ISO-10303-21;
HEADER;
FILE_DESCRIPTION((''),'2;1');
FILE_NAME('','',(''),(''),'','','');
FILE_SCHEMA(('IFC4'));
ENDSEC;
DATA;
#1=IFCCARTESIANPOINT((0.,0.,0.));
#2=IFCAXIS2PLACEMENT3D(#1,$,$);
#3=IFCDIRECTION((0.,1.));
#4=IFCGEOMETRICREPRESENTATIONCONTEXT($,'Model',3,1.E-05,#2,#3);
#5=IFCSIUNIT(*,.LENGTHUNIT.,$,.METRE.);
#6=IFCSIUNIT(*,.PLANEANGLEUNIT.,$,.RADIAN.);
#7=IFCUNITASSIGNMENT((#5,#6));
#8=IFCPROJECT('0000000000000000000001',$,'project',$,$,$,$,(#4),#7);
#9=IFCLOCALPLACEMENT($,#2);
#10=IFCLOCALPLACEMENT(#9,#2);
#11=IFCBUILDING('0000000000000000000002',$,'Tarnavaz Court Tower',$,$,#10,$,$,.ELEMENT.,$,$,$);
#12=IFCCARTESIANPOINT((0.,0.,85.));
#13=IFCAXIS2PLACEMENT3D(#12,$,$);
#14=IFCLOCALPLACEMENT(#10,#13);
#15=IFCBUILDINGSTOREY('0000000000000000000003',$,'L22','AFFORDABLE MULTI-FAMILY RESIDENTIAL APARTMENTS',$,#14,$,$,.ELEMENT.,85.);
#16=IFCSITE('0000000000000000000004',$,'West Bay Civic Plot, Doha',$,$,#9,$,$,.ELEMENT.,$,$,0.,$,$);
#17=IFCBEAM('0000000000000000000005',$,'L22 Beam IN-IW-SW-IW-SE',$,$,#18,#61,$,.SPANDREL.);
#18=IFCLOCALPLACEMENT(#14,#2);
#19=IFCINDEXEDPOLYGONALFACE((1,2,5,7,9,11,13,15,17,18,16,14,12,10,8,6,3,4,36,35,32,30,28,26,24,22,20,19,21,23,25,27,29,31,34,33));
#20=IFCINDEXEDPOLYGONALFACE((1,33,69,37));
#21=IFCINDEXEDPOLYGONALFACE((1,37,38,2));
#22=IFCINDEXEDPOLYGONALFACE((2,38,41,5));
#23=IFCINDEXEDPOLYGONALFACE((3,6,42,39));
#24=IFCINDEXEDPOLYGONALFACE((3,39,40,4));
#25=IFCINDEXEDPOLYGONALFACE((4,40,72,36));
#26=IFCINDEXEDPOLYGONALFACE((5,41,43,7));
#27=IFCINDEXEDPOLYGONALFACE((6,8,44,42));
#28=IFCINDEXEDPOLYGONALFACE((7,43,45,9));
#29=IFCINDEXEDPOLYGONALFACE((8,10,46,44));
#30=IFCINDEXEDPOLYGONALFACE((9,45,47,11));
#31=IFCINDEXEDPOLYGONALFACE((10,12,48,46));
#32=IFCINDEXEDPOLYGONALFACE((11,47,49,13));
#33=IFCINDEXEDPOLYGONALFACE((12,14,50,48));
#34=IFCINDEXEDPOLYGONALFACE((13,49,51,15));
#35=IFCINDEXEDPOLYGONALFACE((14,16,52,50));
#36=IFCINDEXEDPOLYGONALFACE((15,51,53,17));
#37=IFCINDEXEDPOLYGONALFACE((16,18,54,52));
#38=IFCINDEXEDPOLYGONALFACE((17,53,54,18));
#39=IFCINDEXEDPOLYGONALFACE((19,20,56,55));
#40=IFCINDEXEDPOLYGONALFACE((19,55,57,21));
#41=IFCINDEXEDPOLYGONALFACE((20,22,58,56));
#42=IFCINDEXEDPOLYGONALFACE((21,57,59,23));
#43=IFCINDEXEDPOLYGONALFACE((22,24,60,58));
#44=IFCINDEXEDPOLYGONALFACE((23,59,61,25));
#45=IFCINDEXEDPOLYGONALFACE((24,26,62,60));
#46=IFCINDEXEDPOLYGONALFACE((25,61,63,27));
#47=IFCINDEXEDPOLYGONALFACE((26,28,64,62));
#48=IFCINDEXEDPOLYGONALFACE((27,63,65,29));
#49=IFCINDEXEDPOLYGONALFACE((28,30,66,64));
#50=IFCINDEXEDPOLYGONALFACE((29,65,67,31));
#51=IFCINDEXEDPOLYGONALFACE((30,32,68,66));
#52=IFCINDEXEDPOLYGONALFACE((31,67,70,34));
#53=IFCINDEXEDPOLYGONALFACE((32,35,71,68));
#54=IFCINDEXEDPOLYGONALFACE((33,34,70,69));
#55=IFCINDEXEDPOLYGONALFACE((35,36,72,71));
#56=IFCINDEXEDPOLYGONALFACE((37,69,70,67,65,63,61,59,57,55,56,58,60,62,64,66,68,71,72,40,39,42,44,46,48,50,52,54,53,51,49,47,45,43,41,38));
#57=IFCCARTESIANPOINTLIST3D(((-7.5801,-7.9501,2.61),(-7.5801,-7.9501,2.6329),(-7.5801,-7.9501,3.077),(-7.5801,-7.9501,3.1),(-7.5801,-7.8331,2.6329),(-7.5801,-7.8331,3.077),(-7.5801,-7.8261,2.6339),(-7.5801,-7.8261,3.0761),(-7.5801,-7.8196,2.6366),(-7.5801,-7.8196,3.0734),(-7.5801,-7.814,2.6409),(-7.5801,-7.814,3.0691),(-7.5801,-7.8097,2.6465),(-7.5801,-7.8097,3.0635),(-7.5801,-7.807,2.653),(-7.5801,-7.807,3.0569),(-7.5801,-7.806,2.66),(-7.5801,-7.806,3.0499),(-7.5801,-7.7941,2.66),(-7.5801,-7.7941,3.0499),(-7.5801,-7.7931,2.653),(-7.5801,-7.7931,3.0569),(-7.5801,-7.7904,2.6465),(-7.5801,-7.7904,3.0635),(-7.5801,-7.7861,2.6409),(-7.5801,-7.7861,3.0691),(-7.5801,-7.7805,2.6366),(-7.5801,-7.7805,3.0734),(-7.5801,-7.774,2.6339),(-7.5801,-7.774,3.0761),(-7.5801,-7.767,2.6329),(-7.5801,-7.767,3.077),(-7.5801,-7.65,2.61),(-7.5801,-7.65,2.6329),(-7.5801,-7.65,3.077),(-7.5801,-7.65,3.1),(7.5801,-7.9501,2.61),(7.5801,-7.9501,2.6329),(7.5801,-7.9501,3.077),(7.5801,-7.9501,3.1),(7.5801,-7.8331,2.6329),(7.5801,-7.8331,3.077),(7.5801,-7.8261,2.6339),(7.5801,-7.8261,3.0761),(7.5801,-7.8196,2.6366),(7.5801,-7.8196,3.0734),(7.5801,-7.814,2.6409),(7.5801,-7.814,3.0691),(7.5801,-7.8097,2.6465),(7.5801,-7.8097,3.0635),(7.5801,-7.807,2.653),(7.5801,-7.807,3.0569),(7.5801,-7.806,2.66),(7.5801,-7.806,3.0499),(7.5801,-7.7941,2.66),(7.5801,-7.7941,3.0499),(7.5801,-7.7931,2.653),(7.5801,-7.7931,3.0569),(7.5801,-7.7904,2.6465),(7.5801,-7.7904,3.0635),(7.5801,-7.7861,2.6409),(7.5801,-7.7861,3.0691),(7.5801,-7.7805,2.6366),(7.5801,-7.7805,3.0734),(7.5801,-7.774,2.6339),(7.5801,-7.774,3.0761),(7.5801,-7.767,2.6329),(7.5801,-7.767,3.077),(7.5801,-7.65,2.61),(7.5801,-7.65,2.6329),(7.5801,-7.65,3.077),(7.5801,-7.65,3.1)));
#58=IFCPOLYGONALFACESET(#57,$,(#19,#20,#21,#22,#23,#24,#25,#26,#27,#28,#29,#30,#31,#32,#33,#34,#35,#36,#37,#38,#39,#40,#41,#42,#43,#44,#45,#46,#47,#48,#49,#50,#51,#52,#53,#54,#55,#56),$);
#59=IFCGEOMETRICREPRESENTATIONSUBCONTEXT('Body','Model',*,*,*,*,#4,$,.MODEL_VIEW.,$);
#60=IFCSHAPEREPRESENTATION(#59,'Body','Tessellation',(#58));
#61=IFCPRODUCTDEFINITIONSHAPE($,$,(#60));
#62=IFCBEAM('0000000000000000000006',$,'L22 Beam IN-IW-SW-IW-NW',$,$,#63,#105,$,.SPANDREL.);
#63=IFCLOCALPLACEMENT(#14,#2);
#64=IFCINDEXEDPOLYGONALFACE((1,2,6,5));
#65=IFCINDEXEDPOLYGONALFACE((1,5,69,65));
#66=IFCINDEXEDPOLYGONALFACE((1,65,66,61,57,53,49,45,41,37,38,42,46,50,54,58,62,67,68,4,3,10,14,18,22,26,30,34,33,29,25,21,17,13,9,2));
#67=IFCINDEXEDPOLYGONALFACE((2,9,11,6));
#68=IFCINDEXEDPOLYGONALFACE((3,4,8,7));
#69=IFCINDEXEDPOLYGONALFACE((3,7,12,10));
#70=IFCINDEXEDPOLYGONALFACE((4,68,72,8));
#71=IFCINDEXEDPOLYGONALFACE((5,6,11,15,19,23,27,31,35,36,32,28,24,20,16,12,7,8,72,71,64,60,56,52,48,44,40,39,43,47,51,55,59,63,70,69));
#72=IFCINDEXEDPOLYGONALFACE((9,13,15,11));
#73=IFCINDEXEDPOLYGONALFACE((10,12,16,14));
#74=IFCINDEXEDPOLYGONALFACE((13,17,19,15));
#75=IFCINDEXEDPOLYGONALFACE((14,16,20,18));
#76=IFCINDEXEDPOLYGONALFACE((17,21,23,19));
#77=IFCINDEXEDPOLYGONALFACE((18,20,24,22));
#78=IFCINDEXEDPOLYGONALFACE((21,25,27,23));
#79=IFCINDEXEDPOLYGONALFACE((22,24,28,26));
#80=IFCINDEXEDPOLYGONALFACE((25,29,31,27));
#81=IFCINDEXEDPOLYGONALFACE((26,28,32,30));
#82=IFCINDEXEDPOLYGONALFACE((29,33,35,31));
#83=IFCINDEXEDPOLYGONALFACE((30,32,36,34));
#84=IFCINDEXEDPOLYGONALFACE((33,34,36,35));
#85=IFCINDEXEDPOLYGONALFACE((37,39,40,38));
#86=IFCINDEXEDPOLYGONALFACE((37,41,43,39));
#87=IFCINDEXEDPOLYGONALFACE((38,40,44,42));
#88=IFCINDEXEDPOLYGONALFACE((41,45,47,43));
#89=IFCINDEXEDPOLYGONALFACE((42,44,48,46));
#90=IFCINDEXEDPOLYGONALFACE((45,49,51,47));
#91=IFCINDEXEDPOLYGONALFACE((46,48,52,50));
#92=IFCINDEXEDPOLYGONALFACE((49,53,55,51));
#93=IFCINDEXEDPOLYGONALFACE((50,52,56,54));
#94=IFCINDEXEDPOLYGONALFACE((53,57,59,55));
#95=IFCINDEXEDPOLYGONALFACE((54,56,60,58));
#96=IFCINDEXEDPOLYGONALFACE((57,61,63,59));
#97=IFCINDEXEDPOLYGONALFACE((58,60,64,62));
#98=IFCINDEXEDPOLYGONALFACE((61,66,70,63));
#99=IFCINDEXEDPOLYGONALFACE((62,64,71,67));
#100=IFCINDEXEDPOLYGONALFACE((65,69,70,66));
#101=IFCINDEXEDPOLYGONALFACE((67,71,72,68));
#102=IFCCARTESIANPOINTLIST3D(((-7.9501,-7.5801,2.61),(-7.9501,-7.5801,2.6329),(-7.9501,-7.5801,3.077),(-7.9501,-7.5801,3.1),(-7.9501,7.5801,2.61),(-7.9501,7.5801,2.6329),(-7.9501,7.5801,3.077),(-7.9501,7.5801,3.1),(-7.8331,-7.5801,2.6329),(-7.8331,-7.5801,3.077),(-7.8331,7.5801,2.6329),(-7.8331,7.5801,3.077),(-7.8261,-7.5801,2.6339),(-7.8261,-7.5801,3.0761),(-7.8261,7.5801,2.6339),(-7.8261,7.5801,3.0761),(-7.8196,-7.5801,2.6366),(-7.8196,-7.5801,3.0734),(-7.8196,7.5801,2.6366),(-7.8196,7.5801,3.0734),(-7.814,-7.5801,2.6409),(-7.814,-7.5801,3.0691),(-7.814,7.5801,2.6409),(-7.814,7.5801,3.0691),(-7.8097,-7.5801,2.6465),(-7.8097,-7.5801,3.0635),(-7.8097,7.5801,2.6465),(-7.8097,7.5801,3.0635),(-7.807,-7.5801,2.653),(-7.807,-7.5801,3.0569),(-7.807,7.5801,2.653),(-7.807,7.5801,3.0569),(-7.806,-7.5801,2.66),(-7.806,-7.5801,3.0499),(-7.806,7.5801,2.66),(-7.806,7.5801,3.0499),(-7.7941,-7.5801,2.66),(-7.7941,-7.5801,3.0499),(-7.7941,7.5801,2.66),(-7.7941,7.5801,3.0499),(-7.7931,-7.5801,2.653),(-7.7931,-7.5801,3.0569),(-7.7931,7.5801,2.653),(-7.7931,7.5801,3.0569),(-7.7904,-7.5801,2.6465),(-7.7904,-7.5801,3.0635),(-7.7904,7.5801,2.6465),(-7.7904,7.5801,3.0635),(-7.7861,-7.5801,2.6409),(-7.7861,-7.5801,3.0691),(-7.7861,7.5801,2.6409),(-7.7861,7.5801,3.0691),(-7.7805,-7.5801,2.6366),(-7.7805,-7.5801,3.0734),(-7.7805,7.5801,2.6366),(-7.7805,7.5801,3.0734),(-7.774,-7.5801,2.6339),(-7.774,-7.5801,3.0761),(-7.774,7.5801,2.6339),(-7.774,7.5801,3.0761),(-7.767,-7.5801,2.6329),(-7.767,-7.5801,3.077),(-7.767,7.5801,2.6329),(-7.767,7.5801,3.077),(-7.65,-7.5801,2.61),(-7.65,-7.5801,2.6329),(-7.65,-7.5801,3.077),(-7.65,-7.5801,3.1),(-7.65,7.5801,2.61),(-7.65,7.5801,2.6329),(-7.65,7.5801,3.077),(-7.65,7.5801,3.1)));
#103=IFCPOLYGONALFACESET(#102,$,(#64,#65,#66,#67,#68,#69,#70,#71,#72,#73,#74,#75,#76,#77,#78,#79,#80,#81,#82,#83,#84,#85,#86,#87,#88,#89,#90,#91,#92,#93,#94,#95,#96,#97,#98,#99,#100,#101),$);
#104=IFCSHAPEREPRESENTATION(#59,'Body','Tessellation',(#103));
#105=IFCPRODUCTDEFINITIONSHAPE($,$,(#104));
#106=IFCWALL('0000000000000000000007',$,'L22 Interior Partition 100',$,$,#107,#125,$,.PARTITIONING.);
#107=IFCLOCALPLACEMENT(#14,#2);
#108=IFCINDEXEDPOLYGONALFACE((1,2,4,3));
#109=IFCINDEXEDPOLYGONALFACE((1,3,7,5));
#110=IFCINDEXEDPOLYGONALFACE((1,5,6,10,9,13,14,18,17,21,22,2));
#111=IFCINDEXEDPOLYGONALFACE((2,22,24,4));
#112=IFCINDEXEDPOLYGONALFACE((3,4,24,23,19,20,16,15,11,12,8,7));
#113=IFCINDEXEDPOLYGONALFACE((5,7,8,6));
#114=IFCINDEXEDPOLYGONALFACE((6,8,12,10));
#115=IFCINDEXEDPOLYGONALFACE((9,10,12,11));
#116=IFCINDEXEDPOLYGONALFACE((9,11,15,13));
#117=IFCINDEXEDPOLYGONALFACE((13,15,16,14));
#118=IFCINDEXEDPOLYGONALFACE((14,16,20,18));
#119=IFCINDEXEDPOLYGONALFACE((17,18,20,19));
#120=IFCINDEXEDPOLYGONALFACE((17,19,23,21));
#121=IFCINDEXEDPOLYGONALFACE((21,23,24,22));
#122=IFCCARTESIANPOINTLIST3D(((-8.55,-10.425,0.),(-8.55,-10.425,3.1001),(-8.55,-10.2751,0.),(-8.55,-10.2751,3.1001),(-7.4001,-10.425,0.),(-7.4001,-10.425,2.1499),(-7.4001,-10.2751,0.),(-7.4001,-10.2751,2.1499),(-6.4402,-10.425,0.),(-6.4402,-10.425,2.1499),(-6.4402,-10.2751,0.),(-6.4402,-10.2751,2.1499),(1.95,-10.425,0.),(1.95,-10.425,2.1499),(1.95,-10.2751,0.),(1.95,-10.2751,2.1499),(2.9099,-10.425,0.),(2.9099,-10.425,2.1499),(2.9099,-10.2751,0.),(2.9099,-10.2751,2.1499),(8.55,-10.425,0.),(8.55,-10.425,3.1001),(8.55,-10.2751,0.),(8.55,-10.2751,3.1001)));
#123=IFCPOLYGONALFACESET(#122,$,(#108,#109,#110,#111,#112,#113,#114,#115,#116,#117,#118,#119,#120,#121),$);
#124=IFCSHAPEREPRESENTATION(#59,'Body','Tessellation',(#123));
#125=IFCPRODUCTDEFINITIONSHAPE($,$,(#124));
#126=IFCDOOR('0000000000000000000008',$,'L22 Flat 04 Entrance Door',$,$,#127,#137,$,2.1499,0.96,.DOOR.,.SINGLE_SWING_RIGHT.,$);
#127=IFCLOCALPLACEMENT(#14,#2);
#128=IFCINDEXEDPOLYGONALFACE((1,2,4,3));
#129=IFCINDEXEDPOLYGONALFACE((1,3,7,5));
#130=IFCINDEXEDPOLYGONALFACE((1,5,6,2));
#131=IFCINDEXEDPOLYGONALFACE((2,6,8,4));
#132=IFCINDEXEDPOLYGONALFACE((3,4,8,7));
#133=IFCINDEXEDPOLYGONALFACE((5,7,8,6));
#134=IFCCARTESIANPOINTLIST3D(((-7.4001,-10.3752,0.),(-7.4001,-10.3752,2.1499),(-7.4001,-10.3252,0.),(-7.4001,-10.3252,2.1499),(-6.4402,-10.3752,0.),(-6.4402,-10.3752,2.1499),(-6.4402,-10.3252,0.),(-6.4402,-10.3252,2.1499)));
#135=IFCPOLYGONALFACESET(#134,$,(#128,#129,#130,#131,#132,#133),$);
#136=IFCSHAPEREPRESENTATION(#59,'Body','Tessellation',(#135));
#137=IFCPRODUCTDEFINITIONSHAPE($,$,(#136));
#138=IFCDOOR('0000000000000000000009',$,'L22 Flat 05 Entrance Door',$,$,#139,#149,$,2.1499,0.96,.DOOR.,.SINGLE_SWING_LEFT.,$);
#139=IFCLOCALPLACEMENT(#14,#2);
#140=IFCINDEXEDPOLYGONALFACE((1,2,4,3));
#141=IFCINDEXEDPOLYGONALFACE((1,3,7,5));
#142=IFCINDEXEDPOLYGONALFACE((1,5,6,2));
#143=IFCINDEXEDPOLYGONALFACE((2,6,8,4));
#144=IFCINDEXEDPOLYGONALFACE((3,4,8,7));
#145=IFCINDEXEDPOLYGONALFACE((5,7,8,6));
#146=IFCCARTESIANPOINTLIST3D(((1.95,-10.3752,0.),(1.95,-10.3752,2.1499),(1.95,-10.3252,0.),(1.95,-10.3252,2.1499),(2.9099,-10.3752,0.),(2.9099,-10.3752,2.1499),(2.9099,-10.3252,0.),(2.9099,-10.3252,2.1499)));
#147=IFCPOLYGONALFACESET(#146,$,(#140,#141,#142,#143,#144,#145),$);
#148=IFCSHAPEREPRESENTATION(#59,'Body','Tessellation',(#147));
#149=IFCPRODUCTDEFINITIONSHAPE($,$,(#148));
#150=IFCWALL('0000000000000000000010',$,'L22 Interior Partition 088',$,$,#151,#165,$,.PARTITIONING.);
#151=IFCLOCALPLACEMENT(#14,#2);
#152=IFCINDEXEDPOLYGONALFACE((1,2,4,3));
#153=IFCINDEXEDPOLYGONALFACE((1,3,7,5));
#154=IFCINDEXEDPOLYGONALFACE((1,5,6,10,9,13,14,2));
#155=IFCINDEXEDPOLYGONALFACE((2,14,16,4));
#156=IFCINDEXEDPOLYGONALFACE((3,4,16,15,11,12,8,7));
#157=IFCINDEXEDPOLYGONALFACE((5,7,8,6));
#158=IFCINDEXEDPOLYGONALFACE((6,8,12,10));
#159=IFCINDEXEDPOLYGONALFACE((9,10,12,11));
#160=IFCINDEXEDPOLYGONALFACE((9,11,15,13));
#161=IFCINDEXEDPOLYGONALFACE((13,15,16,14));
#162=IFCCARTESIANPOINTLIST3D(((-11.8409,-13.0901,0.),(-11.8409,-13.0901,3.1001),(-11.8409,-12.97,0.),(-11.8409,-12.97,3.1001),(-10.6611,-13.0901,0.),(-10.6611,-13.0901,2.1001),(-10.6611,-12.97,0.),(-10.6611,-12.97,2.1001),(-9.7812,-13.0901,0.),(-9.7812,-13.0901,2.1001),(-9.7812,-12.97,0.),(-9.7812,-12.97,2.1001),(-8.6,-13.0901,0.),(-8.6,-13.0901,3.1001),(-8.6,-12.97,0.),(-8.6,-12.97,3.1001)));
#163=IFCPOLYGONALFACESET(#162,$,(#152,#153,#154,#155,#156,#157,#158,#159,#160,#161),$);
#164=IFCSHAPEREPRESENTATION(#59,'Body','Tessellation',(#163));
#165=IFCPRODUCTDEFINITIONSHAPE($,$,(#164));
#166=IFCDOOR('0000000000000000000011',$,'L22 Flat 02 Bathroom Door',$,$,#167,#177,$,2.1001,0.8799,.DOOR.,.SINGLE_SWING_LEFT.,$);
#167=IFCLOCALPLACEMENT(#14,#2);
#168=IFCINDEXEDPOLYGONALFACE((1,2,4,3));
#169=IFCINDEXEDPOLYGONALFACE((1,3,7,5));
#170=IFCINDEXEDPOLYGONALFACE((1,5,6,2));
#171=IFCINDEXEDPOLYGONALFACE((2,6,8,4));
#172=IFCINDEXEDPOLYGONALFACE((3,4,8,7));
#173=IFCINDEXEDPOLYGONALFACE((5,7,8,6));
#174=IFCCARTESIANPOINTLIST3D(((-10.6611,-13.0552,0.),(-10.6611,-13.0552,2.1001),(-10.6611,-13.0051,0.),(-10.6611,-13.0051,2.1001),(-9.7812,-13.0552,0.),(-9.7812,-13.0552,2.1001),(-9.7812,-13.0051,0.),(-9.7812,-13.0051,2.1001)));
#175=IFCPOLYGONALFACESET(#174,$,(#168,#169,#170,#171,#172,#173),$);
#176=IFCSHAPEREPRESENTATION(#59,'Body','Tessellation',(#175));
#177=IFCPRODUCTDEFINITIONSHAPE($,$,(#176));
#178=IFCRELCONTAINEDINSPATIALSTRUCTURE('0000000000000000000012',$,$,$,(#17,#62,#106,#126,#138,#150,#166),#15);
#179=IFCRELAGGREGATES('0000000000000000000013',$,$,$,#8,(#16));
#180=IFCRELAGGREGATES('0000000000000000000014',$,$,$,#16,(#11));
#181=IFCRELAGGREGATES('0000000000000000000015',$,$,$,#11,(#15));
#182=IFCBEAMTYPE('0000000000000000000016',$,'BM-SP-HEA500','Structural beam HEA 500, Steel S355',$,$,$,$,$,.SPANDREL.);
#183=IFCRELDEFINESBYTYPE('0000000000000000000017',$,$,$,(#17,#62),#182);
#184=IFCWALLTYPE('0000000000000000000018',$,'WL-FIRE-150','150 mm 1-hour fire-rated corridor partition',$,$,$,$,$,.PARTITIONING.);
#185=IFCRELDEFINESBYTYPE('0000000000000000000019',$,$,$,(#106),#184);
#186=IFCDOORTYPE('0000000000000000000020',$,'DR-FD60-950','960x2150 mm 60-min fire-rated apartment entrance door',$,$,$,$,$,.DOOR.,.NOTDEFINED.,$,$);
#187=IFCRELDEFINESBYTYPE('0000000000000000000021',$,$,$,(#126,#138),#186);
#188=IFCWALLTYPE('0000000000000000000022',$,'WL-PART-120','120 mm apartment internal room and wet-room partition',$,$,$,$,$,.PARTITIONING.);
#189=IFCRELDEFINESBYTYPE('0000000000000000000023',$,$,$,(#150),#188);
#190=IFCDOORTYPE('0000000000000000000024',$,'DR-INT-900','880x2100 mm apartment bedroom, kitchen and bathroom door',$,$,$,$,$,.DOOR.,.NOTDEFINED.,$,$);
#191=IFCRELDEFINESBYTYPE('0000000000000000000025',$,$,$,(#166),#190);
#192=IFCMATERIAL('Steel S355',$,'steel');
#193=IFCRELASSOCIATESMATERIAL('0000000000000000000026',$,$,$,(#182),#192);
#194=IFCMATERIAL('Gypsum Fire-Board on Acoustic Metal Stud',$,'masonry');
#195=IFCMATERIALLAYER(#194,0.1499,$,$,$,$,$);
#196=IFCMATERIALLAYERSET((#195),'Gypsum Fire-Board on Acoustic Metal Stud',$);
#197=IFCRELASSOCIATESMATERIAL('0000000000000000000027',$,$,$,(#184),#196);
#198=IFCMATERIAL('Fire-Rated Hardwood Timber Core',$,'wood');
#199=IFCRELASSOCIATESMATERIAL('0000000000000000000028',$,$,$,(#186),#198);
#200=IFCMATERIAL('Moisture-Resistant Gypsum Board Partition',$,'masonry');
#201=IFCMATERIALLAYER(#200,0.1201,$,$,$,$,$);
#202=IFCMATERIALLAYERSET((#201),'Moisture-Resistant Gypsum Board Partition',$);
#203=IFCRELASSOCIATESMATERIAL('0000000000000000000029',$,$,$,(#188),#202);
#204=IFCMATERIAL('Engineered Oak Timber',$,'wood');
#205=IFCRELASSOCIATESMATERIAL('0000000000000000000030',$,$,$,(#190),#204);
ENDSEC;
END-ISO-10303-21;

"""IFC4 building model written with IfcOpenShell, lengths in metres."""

from ifc_helpers import new_model, si_unit, direction, frame, frame_2d, origin, origin_2d, place, context, subcontext, project, spatial, rectangle, i_section, extrude, material, layer, layer_set, material_profile, profile_set, type_object, element, fill, save


model = new_model("IFC4")

# Units and contexts
model_context = context("Model", 3, precision=1e-05, world=origin(), true_north=direction((0.0, 1.0)))
body_context = subcontext(model_context, "Body", "Model", "MODEL_VIEW")
ifc_project = project(units=[si_unit("LENGTHUNIT", "METRE"), si_unit("PLANEANGLEUNIT", "RADIAN")], contexts=[model_context])

# Site, building, storey
site_placement = place(None, origin())
site = spatial("IfcSite", under=ifc_project, at=site_placement, Name="West Bay Civic Plot, Doha", CompositionType="ELEMENT", RefElevation=0.0)
building_placement = place(site_placement, origin())
building = spatial("IfcBuilding", under=site, at=building_placement, Name="Tarnavaz Court Tower", CompositionType="ELEMENT")
storey_placement = place(building_placement, frame((0.0, 0.0, 85.0)))
storey = spatial("IfcBuildingStorey", under=building, at=storey_placement, Name="L22", Description="AFFORDABLE MULTI-FAMILY RESIDENTIAL APARTMENTS", CompositionType="ELEMENT", Elevation=85.0)

# Beams
ifc_material_1 = material(Name="Steel S355", Category="steel")
ifc_material_profile_1 = material_profile(ifc_material_1, i_section(OverallWidth=0.3, OverallDepth=0.49, WebThickness=0.012, FlangeThickness=0.0229, FilletRadius=0.0271, at=origin_2d()), Name="HEA 500")
ifc_profile_set_1 = profile_set([ifc_material_profile_1], Name="Steel S355")
beam_type_1 = type_object("IfcBeamType", Name="BM-SP-HEA500", Description="Structural beam HEA 500, Steel S355", PredefinedType="SPANDREL", material=ifc_profile_set_1)
for number, where, z_axis, x_axis, name in (
    (1, (-7.5801, -7.8, 2.855), (1.0, 0.0, 0.0), (0.0, 1.0, 0.0), "L22 Beam IN-IW-SW-IW-SE"),
    (2, (-7.8, -7.5801, 2.855), (0.0, 1.0, 0.0), (-1.0, 0.0, 0.0), "L22 Beam IN-IW-SW-IW-NW"),
):
    element("IfcBeam", number, at=place(storey_placement, frame(where, z_axis=z_axis, x_axis=x_axis)), inside=storey, type_object=beam_type_1, Name=name, PredefinedType="SPANDREL", context=body_context, shape_type="SweptSolid", body=[
        extrude(i_section(OverallWidth=0.3, OverallDepth=0.49, WebThickness=0.012, FlangeThickness=0.0229, FilletRadius=0.0271, at=origin_2d()), origin(), (0.0, 0.0, 1.0), 15.1602),
    ])

# Wall, openings, doors
ifc_material_2 = material(Name="Gypsum Fire-Board on Acoustic Metal Stud", Category="masonry")
ifc_layer_1 = layer(ifc_material_2, 0.1499)
ifc_layer_set_1 = layer_set([ifc_layer_1], Name="Gypsum Fire-Board on Acoustic Metal Stud")
wall_type_1 = type_object("IfcWallType", Name="WL-FIRE-150", Description="150 mm 1-hour fire-rated corridor partition", PredefinedType="PARTITIONING", material=ifc_layer_set_1)
wall_1_placement = place(storey_placement, frame((-8.55, -10.3501, 0.0), z_axis=(0.0, 0.0, 1.0), x_axis=(1.0, 0.0, 0.0)))
wall_1 = element("IfcWall", 3, at=wall_1_placement, inside=storey, type_object=wall_type_1, Name="L22 Interior Partition 100", PredefinedType="PARTITIONING", context=body_context, shape_type="SweptSolid", body=[
    extrude(rectangle(XDim=17.1001, YDim=0.1499, at=frame_2d((8.55, 0.0))), origin(), (0.0, 0.0, 1.0), 3.1001),
])
opening_1_placement = place(wall_1_placement, frame((1.1499, 0.0, 0.0)))
opening_1 = element("IfcOpeningElement", 4, at=opening_1_placement, cuts=wall_1, PredefinedType="OPENING", context=body_context, shape_type="SweptSolid", body=[
    extrude(rectangle(XDim=0.96, YDim=2.1499, at=frame_2d((0.48, 1.075))), frame((0.0, 0.085, 0.0), z_axis=(0.0, -1.0, 0.0), x_axis=(1.0, 0.0, 0.0)), (0.0, 0.0, 1.0), 0.1699),
])
opening_2_placement = place(wall_1_placement, frame((10.5, 0.0, 0.0)))
opening_2 = element("IfcOpeningElement", 5, at=opening_2_placement, cuts=wall_1, PredefinedType="OPENING", context=body_context, shape_type="SweptSolid", body=[
    extrude(rectangle(XDim=0.96, YDim=2.1499, at=frame_2d((0.48, 1.075))), frame((0.0, 0.085, 0.0), z_axis=(0.0, -1.0, 0.0), x_axis=(1.0, 0.0, 0.0)), (0.0, 0.0, 1.0), 0.1699),
])
ifc_material_3 = material(Name="Fire-Rated Hardwood Timber Core", Category="wood")
door_type_1 = type_object("IfcDoorType", Name="DR-FD60-950", Description="960x2150 mm 60-min fire-rated apartment entrance door", OperationType="NOTDEFINED", PredefinedType="DOOR", material=ifc_material_3)
door_1_placement = place(opening_1_placement, origin())
door_1 = element("IfcDoor", 6, at=door_1_placement, inside=storey, type_object=door_type_1, Name="L22 Flat 04 Entrance Door", OperationType="SINGLE_SWING_RIGHT", OverallHeight=2.1499, OverallWidth=0.96, PredefinedType="DOOR", context=body_context, shape_type="SweptSolid", body=[
    extrude(rectangle(XDim=0.96, YDim=2.1499, at=frame_2d((0.48, 1.075))), frame((0.0, 0.0249, 0.0), z_axis=(0.0, -1.0, 0.0), x_axis=(1.0, 0.0, 0.0)), (0.0, 0.0, 1.0), 0.05),
])
fill(opening_1, door_1)
door_2_placement = place(opening_2_placement, origin())
door_2 = element("IfcDoor", 7, at=door_2_placement, inside=storey, type_object=door_type_1, Name="L22 Flat 05 Entrance Door", OperationType="SINGLE_SWING_LEFT", OverallHeight=2.1499, OverallWidth=0.96, PredefinedType="DOOR", context=body_context, shape_type="SweptSolid", body=[
    extrude(rectangle(XDim=0.96, YDim=2.1499, at=frame_2d((0.48, 1.075))), frame((0.0, 0.0249, 0.0), z_axis=(0.0, -1.0, 0.0), x_axis=(1.0, 0.0, 0.0)), (0.0, 0.0, 1.0), 0.05),
])
fill(opening_2, door_2)

# Wall, opening, door
ifc_material_4 = material(Name="Moisture-Resistant Gypsum Board Partition", Category="masonry")
ifc_layer_2 = layer(ifc_material_4, 0.1201)
ifc_layer_set_2 = layer_set([ifc_layer_2], Name="Moisture-Resistant Gypsum Board Partition")
wall_type_2 = type_object("IfcWallType", Name="WL-PART-120", Description="120 mm apartment internal room and wet-room partition", PredefinedType="PARTITIONING", material=ifc_layer_set_2)
wall_2_placement = place(storey_placement, frame((-11.8411, -13.03, 0.0), z_axis=(0.0, 0.0, 1.0), x_axis=(1.0, 0.0, 0.0)))
wall_2 = element("IfcWall", 8, at=wall_2_placement, inside=storey, type_object=wall_type_2, Name="L22 Interior Partition 088", PredefinedType="PARTITIONING", context=body_context, shape_type="SweptSolid", body=[
    extrude(rectangle(XDim=3.241, YDim=0.1201, at=frame_2d((1.6206, 0.0))), origin(), (0.0, 0.0, 1.0), 3.1001),
])
opening_3_placement = place(wall_2_placement, frame((1.1799, 0.0, 0.0)))
opening_3 = element("IfcOpeningElement", 9, at=opening_3_placement, cuts=wall_2, PredefinedType="OPENING", context=body_context, shape_type="SweptSolid", body=[
    extrude(rectangle(XDim=0.8799, YDim=2.1001, at=frame_2d((0.4399, 1.05))), frame((0.0, 0.0701, 0.0), z_axis=(0.0, -1.0, 0.0), x_axis=(1.0, 0.0, 0.0)), (0.0, 0.0, 1.0), 0.1401),
])
ifc_material_5 = material(Name="Engineered Oak Timber", Category="wood")
door_type_2 = type_object("IfcDoorType", Name="DR-INT-900", Description="880x2100 mm apartment bedroom, kitchen and bathroom door", OperationType="NOTDEFINED", PredefinedType="DOOR", material=ifc_material_5)
door_3_placement = place(opening_3_placement, origin())
door_3 = element("IfcDoor", 10, at=door_3_placement, inside=storey, type_object=door_type_2, Name="L22 Flat 02 Bathroom Door", OperationType="SINGLE_SWING_LEFT", OverallHeight=2.1001, OverallWidth=0.8799, PredefinedType="DOOR", context=body_context, shape_type="SweptSolid", body=[
    extrude(rectangle(XDim=0.8799, YDim=2.1001, at=frame_2d((0.4399, 1.05))), frame((0.0, 0.0249, 0.0), z_axis=(0.0, -1.0, 0.0), x_axis=(1.0, 0.0, 0.0)), (0.0, 0.0, 1.0), 0.05),
])
fill(opening_3, door_3)

save(model, "model.ifc")
